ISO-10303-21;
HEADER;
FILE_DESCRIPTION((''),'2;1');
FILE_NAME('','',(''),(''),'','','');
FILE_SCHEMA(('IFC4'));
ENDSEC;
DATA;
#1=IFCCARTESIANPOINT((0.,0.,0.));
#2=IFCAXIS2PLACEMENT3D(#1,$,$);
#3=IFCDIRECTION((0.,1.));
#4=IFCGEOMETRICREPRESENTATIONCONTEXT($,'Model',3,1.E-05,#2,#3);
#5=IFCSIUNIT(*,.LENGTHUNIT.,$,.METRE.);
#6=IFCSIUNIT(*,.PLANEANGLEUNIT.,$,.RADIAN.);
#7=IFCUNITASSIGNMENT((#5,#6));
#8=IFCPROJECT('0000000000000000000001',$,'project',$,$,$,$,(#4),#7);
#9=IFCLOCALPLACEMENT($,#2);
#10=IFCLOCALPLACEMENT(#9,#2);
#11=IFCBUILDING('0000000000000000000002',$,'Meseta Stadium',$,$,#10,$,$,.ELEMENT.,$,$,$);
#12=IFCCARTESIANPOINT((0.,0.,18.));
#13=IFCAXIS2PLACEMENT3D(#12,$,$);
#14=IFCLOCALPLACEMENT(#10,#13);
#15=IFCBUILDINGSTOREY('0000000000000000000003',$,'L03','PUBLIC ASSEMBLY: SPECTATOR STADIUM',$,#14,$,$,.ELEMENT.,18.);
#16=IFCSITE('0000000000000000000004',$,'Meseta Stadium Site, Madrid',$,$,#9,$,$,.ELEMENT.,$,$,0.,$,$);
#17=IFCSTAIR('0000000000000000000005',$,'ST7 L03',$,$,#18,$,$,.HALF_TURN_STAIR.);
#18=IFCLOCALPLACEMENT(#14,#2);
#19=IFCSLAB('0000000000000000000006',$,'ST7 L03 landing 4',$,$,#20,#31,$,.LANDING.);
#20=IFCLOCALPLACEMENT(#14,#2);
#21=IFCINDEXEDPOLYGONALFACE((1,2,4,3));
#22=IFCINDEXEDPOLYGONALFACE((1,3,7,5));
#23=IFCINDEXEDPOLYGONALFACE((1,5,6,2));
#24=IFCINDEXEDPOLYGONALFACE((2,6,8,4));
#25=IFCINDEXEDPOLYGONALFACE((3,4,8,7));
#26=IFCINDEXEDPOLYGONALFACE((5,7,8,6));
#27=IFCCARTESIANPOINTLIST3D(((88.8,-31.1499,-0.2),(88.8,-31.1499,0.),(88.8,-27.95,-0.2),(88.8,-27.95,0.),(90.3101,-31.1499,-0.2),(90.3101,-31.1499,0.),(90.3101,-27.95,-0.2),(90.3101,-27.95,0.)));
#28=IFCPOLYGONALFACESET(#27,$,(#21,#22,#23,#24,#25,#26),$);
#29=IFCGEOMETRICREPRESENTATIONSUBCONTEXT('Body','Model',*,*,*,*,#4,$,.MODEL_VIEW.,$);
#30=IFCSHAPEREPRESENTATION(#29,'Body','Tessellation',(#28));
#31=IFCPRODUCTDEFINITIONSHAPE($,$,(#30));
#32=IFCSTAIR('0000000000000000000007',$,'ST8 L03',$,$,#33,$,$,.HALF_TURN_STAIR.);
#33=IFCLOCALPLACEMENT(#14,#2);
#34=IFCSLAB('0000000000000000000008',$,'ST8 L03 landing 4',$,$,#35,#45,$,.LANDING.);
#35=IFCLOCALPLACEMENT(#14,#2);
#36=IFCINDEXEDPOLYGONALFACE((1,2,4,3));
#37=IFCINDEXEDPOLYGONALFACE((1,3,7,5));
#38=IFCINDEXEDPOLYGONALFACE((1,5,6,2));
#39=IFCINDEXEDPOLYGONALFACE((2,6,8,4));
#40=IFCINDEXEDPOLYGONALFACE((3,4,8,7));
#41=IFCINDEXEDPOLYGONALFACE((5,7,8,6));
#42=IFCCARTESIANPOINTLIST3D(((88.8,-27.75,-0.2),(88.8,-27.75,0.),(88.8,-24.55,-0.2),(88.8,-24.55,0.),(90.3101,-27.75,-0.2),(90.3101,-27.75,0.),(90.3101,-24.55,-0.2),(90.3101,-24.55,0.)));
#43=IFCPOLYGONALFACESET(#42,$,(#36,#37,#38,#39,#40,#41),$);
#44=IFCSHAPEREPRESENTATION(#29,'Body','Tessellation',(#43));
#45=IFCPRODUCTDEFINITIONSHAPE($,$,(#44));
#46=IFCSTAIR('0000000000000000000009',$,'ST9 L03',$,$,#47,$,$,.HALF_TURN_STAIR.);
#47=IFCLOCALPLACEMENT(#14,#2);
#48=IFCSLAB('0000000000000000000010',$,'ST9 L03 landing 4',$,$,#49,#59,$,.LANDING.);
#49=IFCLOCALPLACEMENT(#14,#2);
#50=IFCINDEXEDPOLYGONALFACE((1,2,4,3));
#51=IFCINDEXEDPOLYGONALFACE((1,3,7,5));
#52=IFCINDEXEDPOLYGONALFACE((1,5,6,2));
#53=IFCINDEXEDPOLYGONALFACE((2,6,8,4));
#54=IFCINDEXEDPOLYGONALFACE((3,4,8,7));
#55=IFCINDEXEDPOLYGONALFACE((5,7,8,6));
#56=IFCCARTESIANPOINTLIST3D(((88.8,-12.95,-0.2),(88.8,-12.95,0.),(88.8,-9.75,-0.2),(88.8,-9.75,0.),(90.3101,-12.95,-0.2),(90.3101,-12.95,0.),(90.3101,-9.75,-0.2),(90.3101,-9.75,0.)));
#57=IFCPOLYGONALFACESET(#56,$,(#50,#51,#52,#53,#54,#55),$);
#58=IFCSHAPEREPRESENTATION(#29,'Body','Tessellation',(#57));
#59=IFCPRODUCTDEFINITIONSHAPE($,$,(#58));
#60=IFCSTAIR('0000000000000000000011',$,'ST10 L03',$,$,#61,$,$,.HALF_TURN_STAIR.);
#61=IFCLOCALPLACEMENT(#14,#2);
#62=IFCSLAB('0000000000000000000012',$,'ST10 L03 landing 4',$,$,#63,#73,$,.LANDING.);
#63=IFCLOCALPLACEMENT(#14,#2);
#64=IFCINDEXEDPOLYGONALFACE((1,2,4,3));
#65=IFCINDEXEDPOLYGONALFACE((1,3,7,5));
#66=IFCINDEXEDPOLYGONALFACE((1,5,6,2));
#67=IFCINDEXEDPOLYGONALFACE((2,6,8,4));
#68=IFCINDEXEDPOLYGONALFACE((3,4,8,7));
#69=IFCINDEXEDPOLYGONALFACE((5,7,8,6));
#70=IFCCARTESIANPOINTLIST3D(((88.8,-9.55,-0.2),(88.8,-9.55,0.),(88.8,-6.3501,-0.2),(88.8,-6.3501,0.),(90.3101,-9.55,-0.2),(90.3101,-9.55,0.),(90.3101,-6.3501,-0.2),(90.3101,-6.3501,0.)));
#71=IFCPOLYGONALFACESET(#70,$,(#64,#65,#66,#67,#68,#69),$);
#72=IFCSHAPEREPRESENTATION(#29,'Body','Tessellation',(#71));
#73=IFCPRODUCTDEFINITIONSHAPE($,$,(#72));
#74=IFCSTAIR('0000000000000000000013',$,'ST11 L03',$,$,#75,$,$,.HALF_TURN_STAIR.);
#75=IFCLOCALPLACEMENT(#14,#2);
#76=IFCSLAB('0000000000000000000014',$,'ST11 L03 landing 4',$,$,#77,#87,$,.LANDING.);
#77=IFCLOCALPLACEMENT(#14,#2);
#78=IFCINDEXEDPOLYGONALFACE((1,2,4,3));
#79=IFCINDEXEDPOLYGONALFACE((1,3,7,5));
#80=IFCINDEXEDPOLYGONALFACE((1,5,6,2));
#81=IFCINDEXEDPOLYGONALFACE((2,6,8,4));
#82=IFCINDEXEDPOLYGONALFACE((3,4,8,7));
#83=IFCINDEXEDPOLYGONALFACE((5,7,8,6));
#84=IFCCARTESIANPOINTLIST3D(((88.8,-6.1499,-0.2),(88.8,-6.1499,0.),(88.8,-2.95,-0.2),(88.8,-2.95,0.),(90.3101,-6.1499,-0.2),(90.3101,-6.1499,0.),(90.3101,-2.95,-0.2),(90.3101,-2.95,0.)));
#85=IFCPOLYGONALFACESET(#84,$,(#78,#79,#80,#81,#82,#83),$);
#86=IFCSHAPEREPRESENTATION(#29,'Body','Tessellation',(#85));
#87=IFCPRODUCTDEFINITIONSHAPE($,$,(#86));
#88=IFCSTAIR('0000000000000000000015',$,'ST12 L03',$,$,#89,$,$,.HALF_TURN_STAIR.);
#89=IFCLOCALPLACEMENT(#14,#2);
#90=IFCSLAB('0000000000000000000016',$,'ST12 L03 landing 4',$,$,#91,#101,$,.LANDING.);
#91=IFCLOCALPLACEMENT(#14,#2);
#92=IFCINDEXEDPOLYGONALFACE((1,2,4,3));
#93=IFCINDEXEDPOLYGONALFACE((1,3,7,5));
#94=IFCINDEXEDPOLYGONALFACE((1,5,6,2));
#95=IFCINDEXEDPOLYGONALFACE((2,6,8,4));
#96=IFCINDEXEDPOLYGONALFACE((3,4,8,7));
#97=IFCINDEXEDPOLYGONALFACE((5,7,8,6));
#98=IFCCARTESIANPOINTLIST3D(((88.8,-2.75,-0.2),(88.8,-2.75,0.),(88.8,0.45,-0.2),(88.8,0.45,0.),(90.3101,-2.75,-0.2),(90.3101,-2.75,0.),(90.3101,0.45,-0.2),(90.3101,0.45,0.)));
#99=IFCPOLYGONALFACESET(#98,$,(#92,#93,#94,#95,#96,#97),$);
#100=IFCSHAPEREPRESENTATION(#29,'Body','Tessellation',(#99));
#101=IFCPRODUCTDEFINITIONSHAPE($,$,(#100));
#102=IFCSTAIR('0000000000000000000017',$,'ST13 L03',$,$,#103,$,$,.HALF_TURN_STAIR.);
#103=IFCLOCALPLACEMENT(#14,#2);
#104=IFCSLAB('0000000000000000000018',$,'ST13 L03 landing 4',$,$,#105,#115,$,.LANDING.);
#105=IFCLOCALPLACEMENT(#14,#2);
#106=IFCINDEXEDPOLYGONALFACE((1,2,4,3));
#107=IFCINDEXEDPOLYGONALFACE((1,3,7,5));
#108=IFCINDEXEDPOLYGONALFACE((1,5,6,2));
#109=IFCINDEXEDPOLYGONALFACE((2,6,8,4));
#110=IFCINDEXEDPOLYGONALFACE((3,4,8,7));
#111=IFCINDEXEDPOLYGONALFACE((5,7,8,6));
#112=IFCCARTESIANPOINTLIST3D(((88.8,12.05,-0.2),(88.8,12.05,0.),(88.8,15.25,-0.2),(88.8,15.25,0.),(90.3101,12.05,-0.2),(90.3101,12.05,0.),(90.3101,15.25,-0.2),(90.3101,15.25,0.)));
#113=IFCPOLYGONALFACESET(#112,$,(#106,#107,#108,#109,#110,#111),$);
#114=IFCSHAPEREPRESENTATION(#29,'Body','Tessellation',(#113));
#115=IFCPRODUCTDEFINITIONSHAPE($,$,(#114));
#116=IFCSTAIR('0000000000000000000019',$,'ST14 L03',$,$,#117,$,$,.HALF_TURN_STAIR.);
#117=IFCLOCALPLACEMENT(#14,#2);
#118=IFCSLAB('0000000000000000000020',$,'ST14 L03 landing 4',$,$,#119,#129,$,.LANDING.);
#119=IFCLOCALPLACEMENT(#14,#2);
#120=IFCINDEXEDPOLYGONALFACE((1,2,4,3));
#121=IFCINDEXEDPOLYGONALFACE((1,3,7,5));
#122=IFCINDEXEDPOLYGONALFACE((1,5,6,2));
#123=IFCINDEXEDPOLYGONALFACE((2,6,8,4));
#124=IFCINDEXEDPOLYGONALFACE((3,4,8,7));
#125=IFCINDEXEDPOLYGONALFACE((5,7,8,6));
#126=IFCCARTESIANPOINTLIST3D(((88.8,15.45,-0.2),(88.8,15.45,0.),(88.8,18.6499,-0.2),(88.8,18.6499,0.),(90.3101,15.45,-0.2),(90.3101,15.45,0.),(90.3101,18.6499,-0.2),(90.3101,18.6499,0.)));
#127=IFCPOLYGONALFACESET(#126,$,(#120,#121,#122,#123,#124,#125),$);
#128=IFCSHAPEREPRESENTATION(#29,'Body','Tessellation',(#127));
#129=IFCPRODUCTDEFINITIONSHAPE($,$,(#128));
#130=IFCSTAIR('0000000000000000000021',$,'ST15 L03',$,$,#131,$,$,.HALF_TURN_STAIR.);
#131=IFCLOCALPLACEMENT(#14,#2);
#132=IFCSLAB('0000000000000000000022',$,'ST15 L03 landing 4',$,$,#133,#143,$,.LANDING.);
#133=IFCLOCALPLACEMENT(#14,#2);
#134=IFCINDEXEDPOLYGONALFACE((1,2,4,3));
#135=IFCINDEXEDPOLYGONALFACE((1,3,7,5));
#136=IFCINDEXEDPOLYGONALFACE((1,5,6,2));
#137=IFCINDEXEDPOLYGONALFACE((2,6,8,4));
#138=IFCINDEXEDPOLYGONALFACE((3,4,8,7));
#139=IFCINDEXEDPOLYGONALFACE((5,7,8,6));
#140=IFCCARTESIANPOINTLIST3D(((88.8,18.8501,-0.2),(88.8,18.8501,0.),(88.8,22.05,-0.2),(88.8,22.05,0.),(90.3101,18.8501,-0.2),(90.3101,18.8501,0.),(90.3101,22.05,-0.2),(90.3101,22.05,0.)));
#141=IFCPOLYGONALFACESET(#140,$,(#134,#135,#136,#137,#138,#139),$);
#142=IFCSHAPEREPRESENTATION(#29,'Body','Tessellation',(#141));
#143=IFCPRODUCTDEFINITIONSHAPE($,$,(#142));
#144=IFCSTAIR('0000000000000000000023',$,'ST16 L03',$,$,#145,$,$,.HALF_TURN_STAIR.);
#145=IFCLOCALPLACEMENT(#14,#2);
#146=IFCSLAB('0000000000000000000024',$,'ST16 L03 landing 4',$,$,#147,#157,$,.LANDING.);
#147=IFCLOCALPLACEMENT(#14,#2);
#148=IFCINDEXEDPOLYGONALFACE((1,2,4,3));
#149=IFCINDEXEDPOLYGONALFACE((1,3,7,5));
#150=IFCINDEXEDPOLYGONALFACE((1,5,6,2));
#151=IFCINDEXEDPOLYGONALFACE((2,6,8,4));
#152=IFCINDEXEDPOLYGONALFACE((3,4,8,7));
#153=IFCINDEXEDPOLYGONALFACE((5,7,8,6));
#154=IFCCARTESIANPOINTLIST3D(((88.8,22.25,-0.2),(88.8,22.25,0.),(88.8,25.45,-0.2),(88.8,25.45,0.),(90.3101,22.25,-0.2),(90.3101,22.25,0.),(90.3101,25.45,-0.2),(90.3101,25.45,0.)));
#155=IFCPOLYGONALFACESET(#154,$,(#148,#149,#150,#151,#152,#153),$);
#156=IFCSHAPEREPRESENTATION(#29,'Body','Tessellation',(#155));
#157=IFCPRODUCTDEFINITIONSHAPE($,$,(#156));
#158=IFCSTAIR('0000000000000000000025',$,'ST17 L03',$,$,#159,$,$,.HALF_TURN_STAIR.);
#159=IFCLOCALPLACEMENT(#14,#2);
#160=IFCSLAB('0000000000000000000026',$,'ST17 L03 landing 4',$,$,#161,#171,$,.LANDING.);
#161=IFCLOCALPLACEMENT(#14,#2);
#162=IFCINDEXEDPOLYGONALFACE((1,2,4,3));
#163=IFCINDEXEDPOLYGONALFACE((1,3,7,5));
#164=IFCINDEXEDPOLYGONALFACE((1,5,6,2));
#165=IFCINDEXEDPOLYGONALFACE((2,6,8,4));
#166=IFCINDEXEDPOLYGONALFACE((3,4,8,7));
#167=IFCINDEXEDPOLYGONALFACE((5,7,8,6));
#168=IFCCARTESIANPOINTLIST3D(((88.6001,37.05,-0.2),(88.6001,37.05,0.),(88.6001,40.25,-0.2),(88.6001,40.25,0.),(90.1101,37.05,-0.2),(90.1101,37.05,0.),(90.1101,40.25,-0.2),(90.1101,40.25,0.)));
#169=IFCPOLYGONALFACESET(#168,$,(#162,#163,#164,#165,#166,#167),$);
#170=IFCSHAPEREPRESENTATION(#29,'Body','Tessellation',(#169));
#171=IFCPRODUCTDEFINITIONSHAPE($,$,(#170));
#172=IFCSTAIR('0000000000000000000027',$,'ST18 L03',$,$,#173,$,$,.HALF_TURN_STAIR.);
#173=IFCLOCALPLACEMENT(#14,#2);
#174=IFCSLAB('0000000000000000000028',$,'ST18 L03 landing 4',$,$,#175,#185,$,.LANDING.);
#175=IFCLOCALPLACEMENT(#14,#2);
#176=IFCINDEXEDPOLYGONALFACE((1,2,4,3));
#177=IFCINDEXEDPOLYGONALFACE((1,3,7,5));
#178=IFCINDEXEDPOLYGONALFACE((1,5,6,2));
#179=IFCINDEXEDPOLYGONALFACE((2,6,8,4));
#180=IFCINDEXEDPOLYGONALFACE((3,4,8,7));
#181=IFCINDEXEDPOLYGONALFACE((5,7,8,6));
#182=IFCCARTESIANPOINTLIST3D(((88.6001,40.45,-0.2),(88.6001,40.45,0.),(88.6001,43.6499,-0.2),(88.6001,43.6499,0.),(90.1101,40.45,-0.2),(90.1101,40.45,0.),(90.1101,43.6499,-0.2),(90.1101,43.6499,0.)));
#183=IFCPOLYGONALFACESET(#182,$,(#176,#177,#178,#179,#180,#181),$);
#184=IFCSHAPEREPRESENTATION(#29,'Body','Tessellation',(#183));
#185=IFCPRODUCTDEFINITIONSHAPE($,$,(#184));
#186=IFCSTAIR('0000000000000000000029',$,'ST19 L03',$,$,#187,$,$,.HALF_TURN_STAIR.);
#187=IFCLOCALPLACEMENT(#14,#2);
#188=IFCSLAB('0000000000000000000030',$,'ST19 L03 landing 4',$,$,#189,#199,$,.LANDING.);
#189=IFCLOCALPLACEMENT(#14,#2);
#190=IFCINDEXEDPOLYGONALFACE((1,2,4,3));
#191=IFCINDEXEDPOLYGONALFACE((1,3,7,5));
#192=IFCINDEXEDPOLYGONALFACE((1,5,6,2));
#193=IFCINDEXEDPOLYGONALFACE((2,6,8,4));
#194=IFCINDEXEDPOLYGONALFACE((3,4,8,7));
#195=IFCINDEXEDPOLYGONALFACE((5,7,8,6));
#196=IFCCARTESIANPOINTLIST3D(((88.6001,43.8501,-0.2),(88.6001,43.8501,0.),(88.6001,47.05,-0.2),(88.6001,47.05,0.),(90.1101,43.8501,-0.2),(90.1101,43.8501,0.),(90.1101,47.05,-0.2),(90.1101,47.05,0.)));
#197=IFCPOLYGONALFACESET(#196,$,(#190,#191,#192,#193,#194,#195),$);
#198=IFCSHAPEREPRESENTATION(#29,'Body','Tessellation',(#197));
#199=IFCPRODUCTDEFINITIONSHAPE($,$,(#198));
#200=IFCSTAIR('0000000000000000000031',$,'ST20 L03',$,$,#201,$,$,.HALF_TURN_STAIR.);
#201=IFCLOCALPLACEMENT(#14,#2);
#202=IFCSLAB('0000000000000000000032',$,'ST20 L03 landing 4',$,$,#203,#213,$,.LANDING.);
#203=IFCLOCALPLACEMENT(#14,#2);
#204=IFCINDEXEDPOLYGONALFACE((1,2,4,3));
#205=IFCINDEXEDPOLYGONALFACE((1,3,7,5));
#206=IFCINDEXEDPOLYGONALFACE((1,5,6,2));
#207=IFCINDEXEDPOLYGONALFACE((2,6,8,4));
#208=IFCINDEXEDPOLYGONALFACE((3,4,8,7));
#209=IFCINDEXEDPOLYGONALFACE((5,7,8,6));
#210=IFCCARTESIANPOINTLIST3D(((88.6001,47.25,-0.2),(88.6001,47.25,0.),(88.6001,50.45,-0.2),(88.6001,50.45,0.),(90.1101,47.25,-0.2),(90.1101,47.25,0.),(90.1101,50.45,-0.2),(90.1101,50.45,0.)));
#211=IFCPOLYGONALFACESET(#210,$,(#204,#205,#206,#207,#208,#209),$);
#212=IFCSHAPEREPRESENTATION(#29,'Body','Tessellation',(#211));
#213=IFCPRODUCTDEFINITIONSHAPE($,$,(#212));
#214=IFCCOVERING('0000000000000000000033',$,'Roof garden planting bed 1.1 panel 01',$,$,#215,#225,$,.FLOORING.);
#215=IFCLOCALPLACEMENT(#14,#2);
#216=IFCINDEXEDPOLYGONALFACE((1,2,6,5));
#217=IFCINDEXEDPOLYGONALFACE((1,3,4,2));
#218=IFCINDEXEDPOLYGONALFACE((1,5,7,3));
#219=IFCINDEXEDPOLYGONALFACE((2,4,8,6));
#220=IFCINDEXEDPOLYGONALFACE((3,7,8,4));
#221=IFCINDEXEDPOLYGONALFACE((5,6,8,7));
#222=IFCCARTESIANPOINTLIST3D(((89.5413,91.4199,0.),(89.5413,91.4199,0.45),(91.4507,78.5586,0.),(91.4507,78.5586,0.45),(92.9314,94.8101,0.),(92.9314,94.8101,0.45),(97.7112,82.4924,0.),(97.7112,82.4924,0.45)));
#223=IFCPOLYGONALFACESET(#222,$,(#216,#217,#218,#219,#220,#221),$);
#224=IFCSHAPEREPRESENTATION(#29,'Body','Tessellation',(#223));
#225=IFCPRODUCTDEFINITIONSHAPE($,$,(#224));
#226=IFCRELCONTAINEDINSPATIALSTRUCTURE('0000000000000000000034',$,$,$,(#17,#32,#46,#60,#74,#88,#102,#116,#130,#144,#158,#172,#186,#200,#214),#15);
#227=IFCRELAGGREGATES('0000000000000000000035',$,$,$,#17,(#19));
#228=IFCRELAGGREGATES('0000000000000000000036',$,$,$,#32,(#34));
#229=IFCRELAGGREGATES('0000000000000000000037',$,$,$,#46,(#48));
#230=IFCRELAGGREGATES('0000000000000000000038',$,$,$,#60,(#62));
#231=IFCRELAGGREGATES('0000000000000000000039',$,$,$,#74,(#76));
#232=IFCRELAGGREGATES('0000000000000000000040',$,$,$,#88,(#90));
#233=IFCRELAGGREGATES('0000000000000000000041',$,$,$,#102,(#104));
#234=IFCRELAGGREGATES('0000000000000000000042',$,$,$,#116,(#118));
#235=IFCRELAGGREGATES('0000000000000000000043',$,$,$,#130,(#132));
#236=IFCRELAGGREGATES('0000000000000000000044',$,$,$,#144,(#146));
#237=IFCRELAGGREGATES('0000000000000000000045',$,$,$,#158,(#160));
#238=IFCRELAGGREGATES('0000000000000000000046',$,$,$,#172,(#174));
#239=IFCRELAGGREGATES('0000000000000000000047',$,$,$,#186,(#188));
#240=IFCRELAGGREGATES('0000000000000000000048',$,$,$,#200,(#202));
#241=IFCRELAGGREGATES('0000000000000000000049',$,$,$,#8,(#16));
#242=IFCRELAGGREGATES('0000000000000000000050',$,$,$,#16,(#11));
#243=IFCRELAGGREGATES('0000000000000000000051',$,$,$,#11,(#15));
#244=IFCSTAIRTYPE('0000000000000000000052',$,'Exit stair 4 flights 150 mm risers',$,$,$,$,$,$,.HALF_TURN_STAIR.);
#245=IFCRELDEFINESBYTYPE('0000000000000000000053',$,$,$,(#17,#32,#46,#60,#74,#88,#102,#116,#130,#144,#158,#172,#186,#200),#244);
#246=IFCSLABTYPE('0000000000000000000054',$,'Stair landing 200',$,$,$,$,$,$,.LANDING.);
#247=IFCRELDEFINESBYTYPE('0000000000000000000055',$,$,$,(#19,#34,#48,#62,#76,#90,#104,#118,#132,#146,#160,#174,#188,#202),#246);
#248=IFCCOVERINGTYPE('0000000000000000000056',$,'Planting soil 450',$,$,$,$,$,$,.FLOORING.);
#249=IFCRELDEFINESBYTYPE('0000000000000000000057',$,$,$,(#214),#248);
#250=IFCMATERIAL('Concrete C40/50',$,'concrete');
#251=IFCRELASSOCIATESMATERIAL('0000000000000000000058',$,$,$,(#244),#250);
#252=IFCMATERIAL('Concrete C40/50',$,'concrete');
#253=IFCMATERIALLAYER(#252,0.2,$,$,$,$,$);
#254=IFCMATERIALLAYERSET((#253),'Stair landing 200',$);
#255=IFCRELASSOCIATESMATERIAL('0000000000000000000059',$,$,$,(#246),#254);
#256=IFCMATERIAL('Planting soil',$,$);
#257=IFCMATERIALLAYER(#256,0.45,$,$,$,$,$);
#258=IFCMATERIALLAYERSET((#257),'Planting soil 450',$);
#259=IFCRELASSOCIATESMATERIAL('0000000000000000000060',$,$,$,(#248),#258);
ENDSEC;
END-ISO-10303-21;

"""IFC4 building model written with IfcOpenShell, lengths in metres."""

from ifc_helpers import new_model, si_unit, direction, frame, origin, place, context, subcontext, project, spatial, polyline, outline, extrude, material, layer, layer_set, type_object, element, aggregate, save


model = new_model("IFC4")

# Units and contexts
model_context = context("Model", 3, precision=1e-05, world=origin(), true_north=direction((0.0, 1.0)))
body_context = subcontext(model_context, "Body", "Model", "MODEL_VIEW")
ifc_project = project(units=[si_unit("LENGTHUNIT", "METRE"), si_unit("PLANEANGLEUNIT", "RADIAN")], contexts=[model_context])

# Site, building, storey
site_placement = place(None, origin())
site = spatial("IfcSite", under=ifc_project, at=site_placement, Name="Meseta Stadium Site, Madrid", CompositionType="ELEMENT", RefElevation=0.0)
building_placement = place(site_placement, origin())
building = spatial("IfcBuilding", under=site, at=building_placement, Name="Meseta Stadium", CompositionType="ELEMENT")
storey_placement = place(building_placement, frame((0.0, 0.0, 18.0)))
storey = spatial("IfcBuildingStorey", under=building, at=storey_placement, Name="L03", Description="PUBLIC ASSEMBLY: SPECTATOR STADIUM", CompositionType="ELEMENT", Elevation=18.0)

# Stairs, slabs
ifc_material_1 = material(Name="Concrete C40/50", Category="concrete")
stair_type = type_object("IfcStairType", Name="Exit stair 4 flights 150 mm risers", PredefinedType="HALF_TURN_STAIR", material=ifc_material_1)
stair_1_placement = place(storey_placement, origin())
stair_1 = element("IfcStair", 1, at=stair_1_placement, inside=storey, type_object=stair_type, Name="ST7 L03", PredefinedType="HALF_TURN_STAIR")
ifc_material_2 = material(Name="Concrete C40/50", Category="concrete")
ifc_layer_1 = layer(ifc_material_2, 0.2)
ifc_layer_set_1 = layer_set([ifc_layer_1], Name="Stair landing 200")
slab_type = type_object("IfcSlabType", Name="Stair landing 200", PredefinedType="LANDING", material=ifc_layer_set_1)
slab_1_placement = place(storey_placement, frame((0.0, 0.0, -0.2)))
slab_1 = element("IfcSlab", 2, at=slab_1_placement, type_object=slab_type, Name="ST7 L03 landing 4", PredefinedType="LANDING", context=body_context, shape_type="SweptSolid", body=[
    extrude(outline(polyline([(88.8, -31.1499), (90.3101, -31.1499), (90.3101, -27.95), (88.8, -27.95), (88.8, -31.1499)])), origin(), (0.0, 0.0, 1.0), 0.2),
])
aggregate(stair_1, [slab_1])
stair_2_placement = place(storey_placement, origin())
stair_2 = element("IfcStair", 3, at=stair_2_placement, inside=storey, type_object=stair_type, Name="ST8 L03", PredefinedType="HALF_TURN_STAIR")
slab_2_placement = place(storey_placement, frame((0.0, 0.0, -0.2)))
slab_2 = element("IfcSlab", 4, at=slab_2_placement, type_object=slab_type, Name="ST8 L03 landing 4", PredefinedType="LANDING", context=body_context, shape_type="SweptSolid", body=[
    extrude(outline(polyline([(88.8, -27.75), (90.3101, -27.75), (90.3101, -24.55), (88.8, -24.55), (88.8, -27.75)])), origin(), (0.0, 0.0, 1.0), 0.2),
])
aggregate(stair_2, [slab_2])
stair_3_placement = place(storey_placement, origin())
stair_3 = element("IfcStair", 5, at=stair_3_placement, inside=storey, type_object=stair_type, Name="ST9 L03", PredefinedType="HALF_TURN_STAIR")
slab_3_placement = place(storey_placement, frame((0.0, 0.0, -0.2)))
slab_3 = element("IfcSlab", 6, at=slab_3_placement, type_object=slab_type, Name="ST9 L03 landing 4", PredefinedType="LANDING", context=body_context, shape_type="SweptSolid", body=[
    extrude(outline(polyline([(88.8, -12.95), (90.3101, -12.95), (90.3101, -9.75), (88.8, -9.75), (88.8, -12.95)])), origin(), (0.0, 0.0, 1.0), 0.2),
])
aggregate(stair_3, [slab_3])
stair_4_placement = place(storey_placement, origin())
stair_4 = element("IfcStair", 7, at=stair_4_placement, inside=storey, type_object=stair_type, Name="ST10 L03", PredefinedType="HALF_TURN_STAIR")
slab_4_placement = place(storey_placement, frame((0.0, 0.0, -0.2)))
slab_4 = element("IfcSlab", 8, at=slab_4_placement, type_object=slab_type, Name="ST10 L03 landing 4", PredefinedType="LANDING", context=body_context, shape_type="SweptSolid", body=[
    extrude(outline(polyline([(88.8, -9.55), (90.3101, -9.55), (90.3101, -6.3501), (88.8, -6.3501), (88.8, -9.55)])), origin(), (0.0, 0.0, 1.0), 0.2),
])
aggregate(stair_4, [slab_4])
stair_5_placement = place(storey_placement, origin())
stair_5 = element("IfcStair", 9, at=stair_5_placement, inside=storey, type_object=stair_type, Name="ST11 L03", PredefinedType="HALF_TURN_STAIR")
slab_5_placement = place(storey_placement, frame((0.0, 0.0, -0.2)))
slab_5 = element("IfcSlab", 10, at=slab_5_placement, type_object=slab_type, Name="ST11 L03 landing 4", PredefinedType="LANDING", context=body_context, shape_type="SweptSolid", body=[
    extrude(outline(polyline([(88.8, -6.1499), (90.3101, -6.1499), (90.3101, -2.95), (88.8, -2.95), (88.8, -6.1499)])), origin(), (0.0, 0.0, 1.0), 0.2),
])
aggregate(stair_5, [slab_5])
stair_6_placement = place(storey_placement, origin())
stair_6 = element("IfcStair", 11, at=stair_6_placement, inside=storey, type_object=stair_type, Name="ST12 L03", PredefinedType="HALF_TURN_STAIR")
slab_6_placement = place(storey_placement, frame((0.0, 0.0, -0.2)))
slab_6 = element("IfcSlab", 12, at=slab_6_placement, type_object=slab_type, Name="ST12 L03 landing 4", PredefinedType="LANDING", context=body_context, shape_type="SweptSolid", body=[
    extrude(outline(polyline([(88.8, -2.75), (90.3101, -2.75), (90.3101, 0.45), (88.8, 0.45), (88.8, -2.75)])), origin(), (0.0, 0.0, 1.0), 0.2),
])
aggregate(stair_6, [slab_6])
stair_7_placement = place(storey_placement, origin())
stair_7 = element("IfcStair", 13, at=stair_7_placement, inside=storey, type_object=stair_type, Name="ST13 L03", PredefinedType="HALF_TURN_STAIR")
slab_7_placement = place(storey_placement, frame((0.0, 0.0, -0.2)))
slab_7 = element("IfcSlab", 14, at=slab_7_placement, type_object=slab_type, Name="ST13 L03 landing 4", PredefinedType="LANDING", context=body_context, shape_type="SweptSolid", body=[
    extrude(outline(polyline([(88.8, 12.05), (90.3101, 12.05), (90.3101, 15.25), (88.8, 15.25), (88.8, 12.05)])), origin(), (0.0, 0.0, 1.0), 0.2),
])
aggregate(stair_7, [slab_7])
stair_8_placement = place(storey_placement, origin())
stair_8 = element("IfcStair", 15, at=stair_8_placement, inside=storey, type_object=stair_type, Name="ST14 L03", PredefinedType="HALF_TURN_STAIR")
slab_8_placement = place(storey_placement, frame((0.0, 0.0, -0.2)))
slab_8 = element("IfcSlab", 16, at=slab_8_placement, type_object=slab_type, Name="ST14 L03 landing 4", PredefinedType="LANDING", context=body_context, shape_type="SweptSolid", body=[
    extrude(outline(polyline([(88.8, 15.45), (90.3101, 15.45), (90.3101, 18.6499), (88.8, 18.6499), (88.8, 15.45)])), origin(), (0.0, 0.0, 1.0), 0.2),
])
aggregate(stair_8, [slab_8])
stair_9_placement = place(storey_placement, origin())
stair_9 = element("IfcStair", 17, at=stair_9_placement, inside=storey, type_object=stair_type, Name="ST15 L03", PredefinedType="HALF_TURN_STAIR")
slab_9_placement = place(storey_placement, frame((0.0, 0.0, -0.2)))
slab_9 = element("IfcSlab", 18, at=slab_9_placement, type_object=slab_type, Name="ST15 L03 landing 4", PredefinedType="LANDING", context=body_context, shape_type="SweptSolid", body=[
    extrude(outline(polyline([(88.8, 18.8501), (90.3101, 18.8501), (90.3101, 22.05), (88.8, 22.05), (88.8, 18.8501)])), origin(), (0.0, 0.0, 1.0), 0.2),
])
aggregate(stair_9, [slab_9])
stair_10_placement = place(storey_placement, origin())
stair_10 = element("IfcStair", 19, at=stair_10_placement, inside=storey, type_object=stair_type, Name="ST16 L03", PredefinedType="HALF_TURN_STAIR")
slab_10_placement = place(storey_placement, frame((0.0, 0.0, -0.2)))
slab_10 = element("IfcSlab", 20, at=slab_10_placement, type_object=slab_type, Name="ST16 L03 landing 4", PredefinedType="LANDING", context=body_context, shape_type="SweptSolid", body=[
    extrude(outline(polyline([(88.8, 22.25), (90.3101, 22.25), (90.3101, 25.45), (88.8, 25.45), (88.8, 22.25)])), origin(), (0.0, 0.0, 1.0), 0.2),
])
aggregate(stair_10, [slab_10])
stair_11_placement = place(storey_placement, origin())
stair_11 = element("IfcStair", 21, at=stair_11_placement, inside=storey, type_object=stair_type, Name="ST17 L03", PredefinedType="HALF_TURN_STAIR")
slab_11_placement = place(storey_placement, frame((0.0, 0.0, -0.2)))
slab_11 = element("IfcSlab", 22, at=slab_11_placement, type_object=slab_type, Name="ST17 L03 landing 4", PredefinedType="LANDING", context=body_context, shape_type="SweptSolid", body=[
    extrude(outline(polyline([(88.6001, 37.05), (90.1101, 37.05), (90.1101, 40.25), (88.6001, 40.25), (88.6001, 37.05)])), origin(), (0.0, 0.0, 1.0), 0.2),
])
aggregate(stair_11, [slab_11])
stair_12_placement = place(storey_placement, origin())
stair_12 = element("IfcStair", 23, at=stair_12_placement, inside=storey, type_object=stair_type, Name="ST18 L03", PredefinedType="HALF_TURN_STAIR")
slab_12_placement = place(storey_placement, frame((0.0, 0.0, -0.2)))
slab_12 = element("IfcSlab", 24, at=slab_12_placement, type_object=slab_type, Name="ST18 L03 landing 4", PredefinedType="LANDING", context=body_context, shape_type="SweptSolid", body=[
    extrude(outline(polyline([(88.6001, 40.45), (90.1101, 40.45), (90.1101, 43.6499), (88.6001, 43.6499), (88.6001, 40.45)])), origin(), (0.0, 0.0, 1.0), 0.2),
])
aggregate(stair_12, [slab_12])
stair_13_placement = place(storey_placement, origin())
stair_13 = element("IfcStair", 25, at=stair_13_placement, inside=storey, type_object=stair_type, Name="ST19 L03", PredefinedType="HALF_TURN_STAIR")
slab_13_placement = place(storey_placement, frame((0.0, 0.0, -0.2)))
slab_13 = element("IfcSlab", 26, at=slab_13_placement, type_object=slab_type, Name="ST19 L03 landing 4", PredefinedType="LANDING", context=body_context, shape_type="SweptSolid", body=[
    extrude(outline(polyline([(88.6001, 43.8501), (90.1101, 43.8501), (90.1101, 47.05), (88.6001, 47.05), (88.6001, 43.8501)])), origin(), (0.0, 0.0, 1.0), 0.2),
])
aggregate(stair_13, [slab_13])
stair_14_placement = place(storey_placement, origin())
stair_14 = element("IfcStair", 27, at=stair_14_placement, inside=storey, type_object=stair_type, Name="ST20 L03", PredefinedType="HALF_TURN_STAIR")
slab_14_placement = place(storey_placement, frame((0.0, 0.0, -0.2)))
slab_14 = element("IfcSlab", 28, at=slab_14_placement, type_object=slab_type, Name="ST20 L03 landing 4", PredefinedType="LANDING", context=body_context, shape_type="SweptSolid", body=[
    extrude(outline(polyline([(88.6001, 47.25), (90.1101, 47.25), (90.1101, 50.45), (88.6001, 50.45), (88.6001, 47.25)])), origin(), (0.0, 0.0, 1.0), 0.2),
])
aggregate(stair_14, [slab_14])

# Covering
ifc_material_3 = material(Name="Planting soil")
ifc_layer_2 = layer(ifc_material_3, 0.45)
ifc_layer_set_2 = layer_set([ifc_layer_2], Name="Planting soil 450")
covering_type = type_object("IfcCoveringType", Name="Planting soil 450", PredefinedType="FLOORING", material=ifc_layer_set_2)
covering_1_placement = place(storey_placement, origin())
element("IfcCovering", 29, at=covering_1_placement, inside=storey, type_object=covering_type, Name="Roof garden planting bed 1.1 panel 01", PredefinedType="FLOORING", context=body_context, shape_type="SweptSolid", body=[
    extrude(outline(polyline([(89.5413, 91.4199), (91.4507, 78.5586), (97.7112, 82.4924), (92.9314, 94.8101), (89.5413, 91.4199)])), origin(), (0.0, 0.0, 1.0), 0.45),
])

save(model, "model.ifc")
